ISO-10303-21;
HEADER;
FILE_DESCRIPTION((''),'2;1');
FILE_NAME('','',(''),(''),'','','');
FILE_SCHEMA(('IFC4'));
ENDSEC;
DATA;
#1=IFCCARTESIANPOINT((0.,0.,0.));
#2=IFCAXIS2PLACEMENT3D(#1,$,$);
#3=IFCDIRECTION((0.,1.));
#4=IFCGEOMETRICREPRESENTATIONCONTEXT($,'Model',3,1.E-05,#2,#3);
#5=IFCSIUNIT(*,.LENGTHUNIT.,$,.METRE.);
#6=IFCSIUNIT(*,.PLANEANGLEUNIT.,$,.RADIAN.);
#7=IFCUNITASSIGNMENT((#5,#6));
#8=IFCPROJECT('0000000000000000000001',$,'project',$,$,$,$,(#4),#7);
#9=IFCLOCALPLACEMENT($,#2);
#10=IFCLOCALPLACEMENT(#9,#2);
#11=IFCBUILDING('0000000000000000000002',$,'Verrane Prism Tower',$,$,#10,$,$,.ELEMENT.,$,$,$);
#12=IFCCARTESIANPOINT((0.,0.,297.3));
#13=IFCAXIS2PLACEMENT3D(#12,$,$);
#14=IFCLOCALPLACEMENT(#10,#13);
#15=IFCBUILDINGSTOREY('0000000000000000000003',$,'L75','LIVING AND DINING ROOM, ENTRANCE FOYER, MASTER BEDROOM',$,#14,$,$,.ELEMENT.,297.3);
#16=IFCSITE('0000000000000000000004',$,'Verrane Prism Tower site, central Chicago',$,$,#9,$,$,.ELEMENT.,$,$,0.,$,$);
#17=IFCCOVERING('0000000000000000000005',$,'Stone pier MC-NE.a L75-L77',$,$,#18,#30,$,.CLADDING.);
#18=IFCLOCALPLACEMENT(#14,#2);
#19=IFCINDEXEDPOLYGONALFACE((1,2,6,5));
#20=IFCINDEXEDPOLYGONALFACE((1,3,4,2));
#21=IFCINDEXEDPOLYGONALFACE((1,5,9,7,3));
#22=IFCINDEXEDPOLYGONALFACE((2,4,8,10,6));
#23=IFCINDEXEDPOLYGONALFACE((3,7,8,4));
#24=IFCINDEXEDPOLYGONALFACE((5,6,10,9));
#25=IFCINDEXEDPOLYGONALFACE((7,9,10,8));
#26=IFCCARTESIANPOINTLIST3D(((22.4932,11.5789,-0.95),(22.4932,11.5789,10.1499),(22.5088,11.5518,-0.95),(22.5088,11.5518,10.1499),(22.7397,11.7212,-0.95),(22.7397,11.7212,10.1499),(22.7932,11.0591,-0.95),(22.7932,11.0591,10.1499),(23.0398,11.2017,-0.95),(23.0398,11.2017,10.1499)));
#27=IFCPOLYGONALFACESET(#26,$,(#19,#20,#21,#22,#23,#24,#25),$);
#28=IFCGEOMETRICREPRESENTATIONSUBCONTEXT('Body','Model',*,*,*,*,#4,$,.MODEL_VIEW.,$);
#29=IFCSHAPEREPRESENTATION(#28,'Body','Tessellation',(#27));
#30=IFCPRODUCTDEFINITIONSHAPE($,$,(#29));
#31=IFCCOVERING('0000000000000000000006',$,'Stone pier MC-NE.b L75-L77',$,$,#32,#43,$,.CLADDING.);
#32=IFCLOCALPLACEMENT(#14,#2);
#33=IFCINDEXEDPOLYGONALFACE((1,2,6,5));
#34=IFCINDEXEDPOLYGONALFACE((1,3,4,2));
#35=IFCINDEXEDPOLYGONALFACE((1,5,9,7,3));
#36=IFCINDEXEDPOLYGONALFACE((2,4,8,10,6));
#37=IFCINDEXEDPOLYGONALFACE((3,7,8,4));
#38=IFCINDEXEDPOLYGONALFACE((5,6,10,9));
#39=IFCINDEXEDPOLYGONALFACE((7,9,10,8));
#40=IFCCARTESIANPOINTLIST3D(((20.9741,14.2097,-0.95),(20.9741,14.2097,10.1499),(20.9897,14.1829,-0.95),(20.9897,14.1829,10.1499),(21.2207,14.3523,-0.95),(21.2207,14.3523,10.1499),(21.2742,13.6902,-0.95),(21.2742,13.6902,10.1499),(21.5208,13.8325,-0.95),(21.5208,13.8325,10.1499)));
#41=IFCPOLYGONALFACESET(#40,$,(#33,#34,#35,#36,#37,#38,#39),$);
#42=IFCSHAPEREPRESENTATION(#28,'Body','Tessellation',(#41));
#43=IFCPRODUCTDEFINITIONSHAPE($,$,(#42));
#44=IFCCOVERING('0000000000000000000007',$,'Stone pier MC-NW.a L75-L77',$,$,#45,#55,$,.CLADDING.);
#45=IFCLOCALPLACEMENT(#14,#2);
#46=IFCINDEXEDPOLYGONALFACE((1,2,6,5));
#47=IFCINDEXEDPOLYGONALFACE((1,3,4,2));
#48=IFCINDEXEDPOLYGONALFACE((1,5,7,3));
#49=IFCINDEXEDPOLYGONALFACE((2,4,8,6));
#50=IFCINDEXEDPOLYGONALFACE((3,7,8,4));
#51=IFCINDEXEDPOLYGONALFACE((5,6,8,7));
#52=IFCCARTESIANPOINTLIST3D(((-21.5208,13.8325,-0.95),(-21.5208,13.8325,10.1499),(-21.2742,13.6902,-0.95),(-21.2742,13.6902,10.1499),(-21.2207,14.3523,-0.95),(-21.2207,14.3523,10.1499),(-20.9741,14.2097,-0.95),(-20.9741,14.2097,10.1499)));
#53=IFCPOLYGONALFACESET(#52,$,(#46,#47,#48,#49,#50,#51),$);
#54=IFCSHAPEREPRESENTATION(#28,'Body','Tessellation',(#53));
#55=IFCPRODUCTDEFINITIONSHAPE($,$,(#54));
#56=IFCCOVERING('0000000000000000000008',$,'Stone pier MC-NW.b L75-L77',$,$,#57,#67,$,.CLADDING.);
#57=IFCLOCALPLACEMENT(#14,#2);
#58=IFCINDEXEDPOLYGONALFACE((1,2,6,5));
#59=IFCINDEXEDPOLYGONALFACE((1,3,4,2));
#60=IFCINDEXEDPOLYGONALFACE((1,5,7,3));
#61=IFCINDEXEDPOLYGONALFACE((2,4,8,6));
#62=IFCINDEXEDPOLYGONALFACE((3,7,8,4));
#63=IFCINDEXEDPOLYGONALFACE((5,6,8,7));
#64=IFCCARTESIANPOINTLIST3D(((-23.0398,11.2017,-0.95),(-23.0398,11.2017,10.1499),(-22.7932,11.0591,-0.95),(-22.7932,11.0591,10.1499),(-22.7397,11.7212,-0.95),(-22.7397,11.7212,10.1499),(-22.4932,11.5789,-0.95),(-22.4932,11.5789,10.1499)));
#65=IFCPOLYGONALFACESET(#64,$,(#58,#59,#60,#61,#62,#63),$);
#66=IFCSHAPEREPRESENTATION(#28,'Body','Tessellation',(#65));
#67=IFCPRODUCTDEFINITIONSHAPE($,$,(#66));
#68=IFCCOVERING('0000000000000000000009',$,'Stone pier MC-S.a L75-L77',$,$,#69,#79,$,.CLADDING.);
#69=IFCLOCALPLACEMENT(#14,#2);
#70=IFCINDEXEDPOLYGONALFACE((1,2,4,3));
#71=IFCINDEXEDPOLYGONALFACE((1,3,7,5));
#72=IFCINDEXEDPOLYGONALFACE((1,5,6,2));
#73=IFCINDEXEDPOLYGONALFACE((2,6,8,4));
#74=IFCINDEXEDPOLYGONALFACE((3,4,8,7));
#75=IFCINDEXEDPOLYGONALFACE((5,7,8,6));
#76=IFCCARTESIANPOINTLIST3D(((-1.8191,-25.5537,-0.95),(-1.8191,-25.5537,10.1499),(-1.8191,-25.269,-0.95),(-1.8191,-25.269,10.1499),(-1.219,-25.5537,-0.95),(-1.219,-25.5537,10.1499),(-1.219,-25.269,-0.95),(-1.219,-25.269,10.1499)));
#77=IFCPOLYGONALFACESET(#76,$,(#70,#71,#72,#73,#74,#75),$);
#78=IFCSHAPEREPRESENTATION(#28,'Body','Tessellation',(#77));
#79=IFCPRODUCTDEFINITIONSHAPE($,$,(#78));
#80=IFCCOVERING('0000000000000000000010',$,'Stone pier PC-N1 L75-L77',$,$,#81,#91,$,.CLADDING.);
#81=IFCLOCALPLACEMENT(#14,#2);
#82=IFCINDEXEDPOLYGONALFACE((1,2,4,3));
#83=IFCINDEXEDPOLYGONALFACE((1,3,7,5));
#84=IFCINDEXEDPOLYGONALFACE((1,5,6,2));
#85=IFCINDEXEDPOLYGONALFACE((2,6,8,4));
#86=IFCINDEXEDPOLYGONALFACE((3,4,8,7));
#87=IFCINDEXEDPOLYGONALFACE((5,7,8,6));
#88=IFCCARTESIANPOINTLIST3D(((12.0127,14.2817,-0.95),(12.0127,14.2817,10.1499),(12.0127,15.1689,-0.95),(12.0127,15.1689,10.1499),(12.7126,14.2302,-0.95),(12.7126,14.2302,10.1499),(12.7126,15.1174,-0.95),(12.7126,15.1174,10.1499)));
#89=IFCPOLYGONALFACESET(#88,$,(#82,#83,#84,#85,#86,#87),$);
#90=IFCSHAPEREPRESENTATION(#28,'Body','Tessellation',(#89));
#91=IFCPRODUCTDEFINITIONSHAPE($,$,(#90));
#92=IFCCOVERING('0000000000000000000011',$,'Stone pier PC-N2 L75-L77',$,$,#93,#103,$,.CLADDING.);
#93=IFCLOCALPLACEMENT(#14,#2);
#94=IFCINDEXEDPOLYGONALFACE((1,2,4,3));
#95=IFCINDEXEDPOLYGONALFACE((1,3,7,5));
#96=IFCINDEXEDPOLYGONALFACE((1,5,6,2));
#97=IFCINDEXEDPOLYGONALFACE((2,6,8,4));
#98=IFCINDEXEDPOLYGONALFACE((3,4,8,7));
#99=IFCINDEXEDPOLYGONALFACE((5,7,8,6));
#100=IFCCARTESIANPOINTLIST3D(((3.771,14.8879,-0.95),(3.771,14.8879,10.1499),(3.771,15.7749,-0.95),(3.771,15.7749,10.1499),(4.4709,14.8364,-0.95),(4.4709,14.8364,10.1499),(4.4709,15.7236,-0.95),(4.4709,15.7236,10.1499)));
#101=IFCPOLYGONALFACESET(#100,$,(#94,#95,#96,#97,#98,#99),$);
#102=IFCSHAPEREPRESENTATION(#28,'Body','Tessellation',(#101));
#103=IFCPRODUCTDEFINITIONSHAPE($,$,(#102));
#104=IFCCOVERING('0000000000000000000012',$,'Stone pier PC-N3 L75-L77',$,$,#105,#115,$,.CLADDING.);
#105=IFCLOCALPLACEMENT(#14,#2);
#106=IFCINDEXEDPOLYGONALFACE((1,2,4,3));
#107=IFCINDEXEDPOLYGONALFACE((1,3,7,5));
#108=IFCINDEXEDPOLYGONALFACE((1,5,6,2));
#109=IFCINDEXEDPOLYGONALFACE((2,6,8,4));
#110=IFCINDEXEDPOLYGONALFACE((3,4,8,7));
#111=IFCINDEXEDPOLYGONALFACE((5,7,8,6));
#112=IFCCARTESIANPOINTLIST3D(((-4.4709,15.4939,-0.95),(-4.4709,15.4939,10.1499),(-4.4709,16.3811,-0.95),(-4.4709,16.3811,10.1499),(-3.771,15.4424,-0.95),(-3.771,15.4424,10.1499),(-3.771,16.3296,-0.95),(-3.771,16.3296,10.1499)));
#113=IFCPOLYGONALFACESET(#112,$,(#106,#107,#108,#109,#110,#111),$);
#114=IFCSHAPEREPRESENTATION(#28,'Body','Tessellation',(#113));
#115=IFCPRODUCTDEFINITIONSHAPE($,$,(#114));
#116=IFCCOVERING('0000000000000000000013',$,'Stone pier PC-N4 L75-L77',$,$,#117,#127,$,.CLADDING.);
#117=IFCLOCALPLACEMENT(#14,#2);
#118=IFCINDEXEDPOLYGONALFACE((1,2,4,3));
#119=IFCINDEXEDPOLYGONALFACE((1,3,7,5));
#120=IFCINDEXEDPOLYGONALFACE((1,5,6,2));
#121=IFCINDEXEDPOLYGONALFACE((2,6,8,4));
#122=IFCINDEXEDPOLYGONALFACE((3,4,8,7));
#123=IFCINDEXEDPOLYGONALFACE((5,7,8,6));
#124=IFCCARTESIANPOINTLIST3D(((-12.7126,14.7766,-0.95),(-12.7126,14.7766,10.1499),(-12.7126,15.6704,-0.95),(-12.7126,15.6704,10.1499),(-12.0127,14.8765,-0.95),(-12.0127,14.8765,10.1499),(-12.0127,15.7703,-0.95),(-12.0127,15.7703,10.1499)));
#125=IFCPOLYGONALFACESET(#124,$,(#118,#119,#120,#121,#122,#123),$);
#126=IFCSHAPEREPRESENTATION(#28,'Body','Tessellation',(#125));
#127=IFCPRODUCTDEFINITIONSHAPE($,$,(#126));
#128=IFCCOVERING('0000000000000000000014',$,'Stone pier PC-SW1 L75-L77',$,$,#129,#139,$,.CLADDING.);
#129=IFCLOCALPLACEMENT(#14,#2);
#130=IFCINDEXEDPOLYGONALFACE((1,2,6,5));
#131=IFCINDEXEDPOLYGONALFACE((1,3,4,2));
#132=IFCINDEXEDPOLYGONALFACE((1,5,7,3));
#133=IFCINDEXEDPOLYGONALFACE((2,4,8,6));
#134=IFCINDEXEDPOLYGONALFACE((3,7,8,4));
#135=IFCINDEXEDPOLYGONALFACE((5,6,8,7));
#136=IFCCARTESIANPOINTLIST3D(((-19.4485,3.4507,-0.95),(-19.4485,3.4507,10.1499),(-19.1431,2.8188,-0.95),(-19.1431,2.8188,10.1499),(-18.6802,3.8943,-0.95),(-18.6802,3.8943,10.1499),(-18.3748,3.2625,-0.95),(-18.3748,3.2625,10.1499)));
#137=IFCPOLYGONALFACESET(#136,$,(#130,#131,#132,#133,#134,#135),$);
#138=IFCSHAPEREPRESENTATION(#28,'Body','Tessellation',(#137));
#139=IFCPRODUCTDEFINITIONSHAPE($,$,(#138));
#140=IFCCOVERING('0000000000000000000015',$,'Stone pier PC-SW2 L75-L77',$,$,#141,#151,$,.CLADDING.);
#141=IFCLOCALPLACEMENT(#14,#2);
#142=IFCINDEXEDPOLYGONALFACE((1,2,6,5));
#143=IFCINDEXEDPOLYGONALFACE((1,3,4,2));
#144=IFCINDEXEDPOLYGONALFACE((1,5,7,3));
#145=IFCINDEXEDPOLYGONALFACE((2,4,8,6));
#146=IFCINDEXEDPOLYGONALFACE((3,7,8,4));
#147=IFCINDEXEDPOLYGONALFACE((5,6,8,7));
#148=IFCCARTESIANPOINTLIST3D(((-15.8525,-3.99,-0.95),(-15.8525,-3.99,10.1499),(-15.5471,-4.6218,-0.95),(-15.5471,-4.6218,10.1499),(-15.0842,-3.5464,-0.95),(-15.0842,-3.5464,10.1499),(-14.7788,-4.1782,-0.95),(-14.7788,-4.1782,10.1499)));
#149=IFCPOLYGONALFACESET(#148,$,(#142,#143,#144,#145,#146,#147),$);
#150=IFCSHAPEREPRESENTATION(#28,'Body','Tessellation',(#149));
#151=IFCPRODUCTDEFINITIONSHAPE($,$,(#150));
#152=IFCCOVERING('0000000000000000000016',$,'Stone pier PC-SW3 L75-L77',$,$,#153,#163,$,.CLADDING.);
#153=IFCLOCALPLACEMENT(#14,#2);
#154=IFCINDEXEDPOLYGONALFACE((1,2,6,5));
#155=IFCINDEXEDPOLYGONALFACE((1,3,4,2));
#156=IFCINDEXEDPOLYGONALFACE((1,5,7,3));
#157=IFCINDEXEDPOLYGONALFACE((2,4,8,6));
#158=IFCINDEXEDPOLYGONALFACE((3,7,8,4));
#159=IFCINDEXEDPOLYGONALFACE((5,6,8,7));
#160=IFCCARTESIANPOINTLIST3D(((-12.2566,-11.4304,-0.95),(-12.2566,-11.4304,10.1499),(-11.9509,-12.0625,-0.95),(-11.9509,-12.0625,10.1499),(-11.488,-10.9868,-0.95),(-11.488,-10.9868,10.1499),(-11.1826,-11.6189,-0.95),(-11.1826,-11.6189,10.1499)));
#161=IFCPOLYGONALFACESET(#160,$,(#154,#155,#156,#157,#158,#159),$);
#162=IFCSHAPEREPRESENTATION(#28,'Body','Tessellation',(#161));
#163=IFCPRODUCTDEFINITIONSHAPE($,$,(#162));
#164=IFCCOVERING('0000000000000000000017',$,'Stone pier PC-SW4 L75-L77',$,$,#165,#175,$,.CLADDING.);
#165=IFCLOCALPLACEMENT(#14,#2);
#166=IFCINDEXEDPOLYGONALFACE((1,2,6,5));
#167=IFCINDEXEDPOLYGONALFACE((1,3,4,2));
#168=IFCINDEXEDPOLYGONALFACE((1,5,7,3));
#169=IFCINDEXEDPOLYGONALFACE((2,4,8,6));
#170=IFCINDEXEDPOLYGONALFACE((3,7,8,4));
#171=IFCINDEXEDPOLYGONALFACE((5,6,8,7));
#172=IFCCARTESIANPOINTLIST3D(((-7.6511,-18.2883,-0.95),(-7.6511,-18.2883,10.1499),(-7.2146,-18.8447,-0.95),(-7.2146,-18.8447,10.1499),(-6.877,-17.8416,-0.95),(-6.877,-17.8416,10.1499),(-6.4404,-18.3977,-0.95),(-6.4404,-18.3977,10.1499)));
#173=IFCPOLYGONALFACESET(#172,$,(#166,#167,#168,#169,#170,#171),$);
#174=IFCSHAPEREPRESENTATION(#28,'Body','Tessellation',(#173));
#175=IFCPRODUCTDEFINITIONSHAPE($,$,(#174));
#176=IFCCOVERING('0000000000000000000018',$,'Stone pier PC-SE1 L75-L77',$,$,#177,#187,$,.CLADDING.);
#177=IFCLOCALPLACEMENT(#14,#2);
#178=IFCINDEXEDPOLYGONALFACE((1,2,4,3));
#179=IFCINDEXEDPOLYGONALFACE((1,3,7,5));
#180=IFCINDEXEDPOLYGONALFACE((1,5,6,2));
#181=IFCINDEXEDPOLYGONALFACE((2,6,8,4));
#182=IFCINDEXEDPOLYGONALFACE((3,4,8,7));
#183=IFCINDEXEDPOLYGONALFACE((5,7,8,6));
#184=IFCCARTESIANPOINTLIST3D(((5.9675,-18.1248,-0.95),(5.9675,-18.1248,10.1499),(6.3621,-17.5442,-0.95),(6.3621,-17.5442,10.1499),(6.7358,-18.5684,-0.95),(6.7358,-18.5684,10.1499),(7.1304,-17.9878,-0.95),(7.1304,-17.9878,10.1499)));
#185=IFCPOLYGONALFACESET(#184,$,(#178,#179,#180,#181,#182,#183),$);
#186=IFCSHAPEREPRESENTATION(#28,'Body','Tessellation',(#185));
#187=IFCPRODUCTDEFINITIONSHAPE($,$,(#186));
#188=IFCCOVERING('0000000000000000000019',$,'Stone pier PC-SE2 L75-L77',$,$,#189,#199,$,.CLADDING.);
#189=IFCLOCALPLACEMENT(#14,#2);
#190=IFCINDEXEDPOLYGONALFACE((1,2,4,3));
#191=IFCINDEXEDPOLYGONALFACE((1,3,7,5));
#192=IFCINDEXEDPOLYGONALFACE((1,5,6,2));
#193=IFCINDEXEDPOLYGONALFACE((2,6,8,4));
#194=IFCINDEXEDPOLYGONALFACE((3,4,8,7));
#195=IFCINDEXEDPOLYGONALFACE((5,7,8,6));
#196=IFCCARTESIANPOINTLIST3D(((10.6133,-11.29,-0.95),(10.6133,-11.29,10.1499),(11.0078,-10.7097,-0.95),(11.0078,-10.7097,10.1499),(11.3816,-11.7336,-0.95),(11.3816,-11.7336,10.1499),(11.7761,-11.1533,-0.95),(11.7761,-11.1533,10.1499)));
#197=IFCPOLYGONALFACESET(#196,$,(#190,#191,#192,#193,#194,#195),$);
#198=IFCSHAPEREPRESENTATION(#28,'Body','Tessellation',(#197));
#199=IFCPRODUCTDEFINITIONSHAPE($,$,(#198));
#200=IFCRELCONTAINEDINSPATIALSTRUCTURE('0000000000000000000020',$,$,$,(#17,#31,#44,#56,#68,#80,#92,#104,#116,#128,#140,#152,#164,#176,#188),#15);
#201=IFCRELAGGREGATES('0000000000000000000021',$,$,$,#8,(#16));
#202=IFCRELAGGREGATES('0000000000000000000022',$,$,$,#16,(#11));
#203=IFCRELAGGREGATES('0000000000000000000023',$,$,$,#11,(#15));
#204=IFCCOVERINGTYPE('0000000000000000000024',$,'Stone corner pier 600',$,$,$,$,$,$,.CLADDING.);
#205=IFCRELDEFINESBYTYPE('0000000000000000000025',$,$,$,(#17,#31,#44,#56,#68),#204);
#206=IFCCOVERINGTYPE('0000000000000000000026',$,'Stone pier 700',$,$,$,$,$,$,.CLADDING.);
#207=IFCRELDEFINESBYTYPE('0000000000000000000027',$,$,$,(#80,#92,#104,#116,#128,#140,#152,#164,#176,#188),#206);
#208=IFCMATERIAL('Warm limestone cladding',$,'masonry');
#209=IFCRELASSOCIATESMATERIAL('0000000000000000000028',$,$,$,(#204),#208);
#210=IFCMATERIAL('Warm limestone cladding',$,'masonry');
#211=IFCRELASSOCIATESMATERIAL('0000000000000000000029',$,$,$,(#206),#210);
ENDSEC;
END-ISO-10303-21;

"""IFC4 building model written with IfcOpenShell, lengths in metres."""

from ifc_helpers import new_model, si_unit, direction, frame, origin, place, context, subcontext, project, spatial, polyline, outline, extrude, material, type_object, element, save


model = new_model("IFC4")

# Units and contexts
model_context = context("Model", 3, precision=1e-05, world=origin(), true_north=direction((0.0, 1.0)))
body_context = subcontext(model_context, "Body", "Model", "MODEL_VIEW")
ifc_project = project(units=[si_unit("LENGTHUNIT", "METRE"), si_unit("PLANEANGLEUNIT", "RADIAN")], contexts=[model_context])

# Site, building, storey
site_placement = place(None, origin())
site = spatial("IfcSite", under=ifc_project, at=site_placement, Name="Verrane Prism Tower site, central Chicago", CompositionType="ELEMENT", RefElevation=0.0)
building_placement = place(site_placement, origin())
building = spatial("IfcBuilding", under=site, at=building_placement, Name="Verrane Prism Tower", CompositionType="ELEMENT")
storey_placement = place(building_placement, frame((0.0, 0.0, 297.3)))
storey = spatial("IfcBuildingStorey", under=building, at=storey_placement, Name="L75", Description="LIVING AND DINING ROOM, ENTRANCE FOYER, MASTER BEDROOM", CompositionType="ELEMENT", Elevation=297.3)

# Coverings
ifc_material_1 = material(Name="Warm limestone cladding", Category="masonry")
covering_type_1 = type_object("IfcCoveringType", Name="Stone corner pier 600", PredefinedType="CLADDING", material=ifc_material_1)
covering_1_placement = place(storey_placement, frame((0.0, 0.0, -0.95)))
element("IfcCovering", 1, at=covering_1_placement, inside=storey, type_object=covering_type_1, Name="Stone pier MC-NE.a L75-L77", PredefinedType="CLADDING", context=body_context, shape_type="SweptSolid", body=[
    extrude(outline(polyline([(22.4932, 11.5789), (22.5088, 11.5518), (22.7932, 11.0591), (23.0398, 11.2017), (22.7397, 11.7212), (22.4932, 11.5789)])), origin(), (0.0, 0.0, 1.0), 11.0999),
])
covering_2_placement = place(storey_placement, frame((0.0, 0.0, -0.95)))
element("IfcCovering", 2, at=covering_2_placement, inside=storey, type_object=covering_type_1, Name="Stone pier MC-NE.b L75-L77", PredefinedType="CLADDING", context=body_context, shape_type="SweptSolid", body=[
    extrude(outline(polyline([(20.9741, 14.2097), (20.9897, 14.1829), (21.2742, 13.6902), (21.5208, 13.8325), (21.2207, 14.3523), (20.9741, 14.2097)])), origin(), (0.0, 0.0, 1.0), 11.0999),
])
covering_3_placement = place(storey_placement, frame((0.0, 0.0, -0.95)))
element("IfcCovering", 3, at=covering_3_placement, inside=storey, type_object=covering_type_1, Name="Stone pier MC-NW.a L75-L77", PredefinedType="CLADDING", context=body_context, shape_type="SweptSolid", body=[
    extrude(outline(polyline([(-21.2742, 13.6902), (-20.9741, 14.2097), (-21.2207, 14.3523), (-21.5208, 13.8325), (-21.2742, 13.6902)])), origin(), (0.0, 0.0, 1.0), 11.0999),
])
covering_4_placement = place(storey_placement, frame((0.0, 0.0, -0.95)))
element("IfcCovering", 4, at=covering_4_placement, inside=storey, type_object=covering_type_1, Name="Stone pier MC-NW.b L75-L77", PredefinedType="CLADDING", context=body_context, shape_type="SweptSolid", body=[
    extrude(outline(polyline([(-22.7932, 11.0591), (-22.4932, 11.5789), (-22.7397, 11.7212), (-23.0398, 11.2017), (-22.7932, 11.0591)])), origin(), (0.0, 0.0, 1.0), 11.0999),
])
covering_5_placement = place(storey_placement, frame((0.0, 0.0, -0.95)))
element("IfcCovering", 5, at=covering_5_placement, inside=storey, type_object=covering_type_1, Name="Stone pier MC-S.a L75-L77", PredefinedType="CLADDING", context=body_context, shape_type="SweptSolid", body=[
    extrude(outline(polyline([(-1.219, -25.269), (-1.8191, -25.269), (-1.8191, -25.5537), (-1.219, -25.5537), (-1.219, -25.269)])), origin(), (0.0, 0.0, 1.0), 11.0999),
])
ifc_material_2 = material(Name="Warm limestone cladding", Category="masonry")
covering_type_2 = type_object("IfcCoveringType", Name="Stone pier 700", PredefinedType="CLADDING", material=ifc_material_2)
covering_6_placement = place(storey_placement, frame((0.0, 0.0, -0.95)))
element("IfcCovering", 6, at=covering_6_placement, inside=storey, type_object=covering_type_2, Name="Stone pier PC-N1 L75-L77", PredefinedType="CLADDING", context=body_context, shape_type="SweptSolid", body=[
    extrude(outline(polyline([(12.0127, 15.1689), (12.0127, 14.2817), (12.7126, 14.2302), (12.7126, 15.1174), (12.0127, 15.1689)])), origin(), (0.0, 0.0, 1.0), 11.0999),
])
covering_7_placement = place(storey_placement, frame((0.0, 0.0, -0.95)))
element("IfcCovering", 7, at=covering_7_placement, inside=storey, type_object=covering_type_2, Name="Stone pier PC-N2 L75-L77", PredefinedType="CLADDING", context=body_context, shape_type="SweptSolid", body=[
    extrude(outline(polyline([(3.771, 15.7749), (3.771, 14.8879), (4.4709, 14.8364), (4.4709, 15.7236), (3.771, 15.7749)])), origin(), (0.0, 0.0, 1.0), 11.0999),
])
covering_8_placement = place(storey_placement, frame((0.0, 0.0, -0.95)))
element("IfcCovering", 8, at=covering_8_placement, inside=storey, type_object=covering_type_2, Name="Stone pier PC-N3 L75-L77", PredefinedType="CLADDING", context=body_context, shape_type="SweptSolid", body=[
    extrude(outline(polyline([(-4.4709, 16.3811), (-4.4709, 15.4939), (-3.771, 15.4424), (-3.771, 16.3296), (-4.4709, 16.3811)])), origin(), (0.0, 0.0, 1.0), 11.0999),
])
covering_9_placement = place(storey_placement, frame((0.0, 0.0, -0.95)))
element("IfcCovering", 9, at=covering_9_placement, inside=storey, type_object=covering_type_2, Name="Stone pier PC-N4 L75-L77", PredefinedType="CLADDING", context=body_context, shape_type="SweptSolid", body=[
    extrude(outline(polyline([(-12.7126, 15.6704), (-12.7126, 14.7766), (-12.0127, 14.8765), (-12.0127, 15.7703), (-12.7126, 15.6704)])), origin(), (0.0, 0.0, 1.0), 11.0999),
])
covering_10_placement = place(storey_placement, frame((0.0, 0.0, -0.95)))
element("IfcCovering", 10, at=covering_10_placement, inside=storey, type_object=covering_type_2, Name="Stone pier PC-SW1 L75-L77", PredefinedType="CLADDING", context=body_context, shape_type="SweptSolid", body=[
    extrude(outline(polyline([(-19.1431, 2.8188), (-18.3748, 3.2625), (-18.6802, 3.8943), (-19.4485, 3.4507), (-19.1431, 2.8188)])), origin(), (0.0, 0.0, 1.0), 11.0999),
])
covering_11_placement = place(storey_placement, frame((0.0, 0.0, -0.95)))
element("IfcCovering", 11, at=covering_11_placement, inside=storey, type_object=covering_type_2, Name="Stone pier PC-SW2 L75-L77", PredefinedType="CLADDING", context=body_context, shape_type="SweptSolid", body=[
    extrude(outline(polyline([(-15.5471, -4.6218), (-14.7788, -4.1782), (-15.0842, -3.5464), (-15.8525, -3.99), (-15.5471, -4.6218)])), origin(), (0.0, 0.0, 1.0), 11.0999),
])
covering_12_placement = place(storey_placement, frame((0.0, 0.0, -0.95)))
element("IfcCovering", 12, at=covering_12_placement, inside=storey, type_object=covering_type_2, Name="Stone pier PC-SW3 L75-L77", PredefinedType="CLADDING", context=body_context, shape_type="SweptSolid", body=[
    extrude(outline(polyline([(-11.9509, -12.0625), (-11.1826, -11.6189), (-11.488, -10.9868), (-12.2566, -11.4304), (-11.9509, -12.0625)])), origin(), (0.0, 0.0, 1.0), 11.0999),
])
covering_13_placement = place(storey_placement, frame((0.0, 0.0, -0.95)))
element("IfcCovering", 13, at=covering_13_placement, inside=storey, type_object=covering_type_2, Name="Stone pier PC-SW4 L75-L77", PredefinedType="CLADDING", context=body_context, shape_type="SweptSolid", body=[
    extrude(outline(polyline([(-7.2146, -18.8447), (-6.4404, -18.3977), (-6.877, -17.8416), (-7.6511, -18.2883), (-7.2146, -18.8447)])), origin(), (0.0, 0.0, 1.0), 11.0999),
])
covering_14_placement = place(storey_placement, frame((0.0, 0.0, -0.95)))
element("IfcCovering", 14, at=covering_14_placement, inside=storey, type_object=covering_type_2, Name="Stone pier PC-SE1 L75-L77", PredefinedType="CLADDING", context=body_context, shape_type="SweptSolid", body=[
    extrude(outline(polyline([(7.1304, -17.9878), (6.3621, -17.5442), (5.9675, -18.1248), (6.7358, -18.5684), (7.1304, -17.9878)])), origin(), (0.0, 0.0, 1.0), 11.0999),
])
covering_15_placement = place(storey_placement, frame((0.0, 0.0, -0.95)))
element("IfcCovering", 15, at=covering_15_placement, inside=storey, type_object=covering_type_2, Name="Stone pier PC-SE2 L75-L77", PredefinedType="CLADDING", context=body_context, shape_type="SweptSolid", body=[
    extrude(outline(polyline([(11.7761, -11.1533), (11.0078, -10.7097), (10.6133, -11.29), (11.3816, -11.7336), (11.7761, -11.1533)])), origin(), (0.0, 0.0, 1.0), 11.0999),
])

save(model, "model.ifc")
